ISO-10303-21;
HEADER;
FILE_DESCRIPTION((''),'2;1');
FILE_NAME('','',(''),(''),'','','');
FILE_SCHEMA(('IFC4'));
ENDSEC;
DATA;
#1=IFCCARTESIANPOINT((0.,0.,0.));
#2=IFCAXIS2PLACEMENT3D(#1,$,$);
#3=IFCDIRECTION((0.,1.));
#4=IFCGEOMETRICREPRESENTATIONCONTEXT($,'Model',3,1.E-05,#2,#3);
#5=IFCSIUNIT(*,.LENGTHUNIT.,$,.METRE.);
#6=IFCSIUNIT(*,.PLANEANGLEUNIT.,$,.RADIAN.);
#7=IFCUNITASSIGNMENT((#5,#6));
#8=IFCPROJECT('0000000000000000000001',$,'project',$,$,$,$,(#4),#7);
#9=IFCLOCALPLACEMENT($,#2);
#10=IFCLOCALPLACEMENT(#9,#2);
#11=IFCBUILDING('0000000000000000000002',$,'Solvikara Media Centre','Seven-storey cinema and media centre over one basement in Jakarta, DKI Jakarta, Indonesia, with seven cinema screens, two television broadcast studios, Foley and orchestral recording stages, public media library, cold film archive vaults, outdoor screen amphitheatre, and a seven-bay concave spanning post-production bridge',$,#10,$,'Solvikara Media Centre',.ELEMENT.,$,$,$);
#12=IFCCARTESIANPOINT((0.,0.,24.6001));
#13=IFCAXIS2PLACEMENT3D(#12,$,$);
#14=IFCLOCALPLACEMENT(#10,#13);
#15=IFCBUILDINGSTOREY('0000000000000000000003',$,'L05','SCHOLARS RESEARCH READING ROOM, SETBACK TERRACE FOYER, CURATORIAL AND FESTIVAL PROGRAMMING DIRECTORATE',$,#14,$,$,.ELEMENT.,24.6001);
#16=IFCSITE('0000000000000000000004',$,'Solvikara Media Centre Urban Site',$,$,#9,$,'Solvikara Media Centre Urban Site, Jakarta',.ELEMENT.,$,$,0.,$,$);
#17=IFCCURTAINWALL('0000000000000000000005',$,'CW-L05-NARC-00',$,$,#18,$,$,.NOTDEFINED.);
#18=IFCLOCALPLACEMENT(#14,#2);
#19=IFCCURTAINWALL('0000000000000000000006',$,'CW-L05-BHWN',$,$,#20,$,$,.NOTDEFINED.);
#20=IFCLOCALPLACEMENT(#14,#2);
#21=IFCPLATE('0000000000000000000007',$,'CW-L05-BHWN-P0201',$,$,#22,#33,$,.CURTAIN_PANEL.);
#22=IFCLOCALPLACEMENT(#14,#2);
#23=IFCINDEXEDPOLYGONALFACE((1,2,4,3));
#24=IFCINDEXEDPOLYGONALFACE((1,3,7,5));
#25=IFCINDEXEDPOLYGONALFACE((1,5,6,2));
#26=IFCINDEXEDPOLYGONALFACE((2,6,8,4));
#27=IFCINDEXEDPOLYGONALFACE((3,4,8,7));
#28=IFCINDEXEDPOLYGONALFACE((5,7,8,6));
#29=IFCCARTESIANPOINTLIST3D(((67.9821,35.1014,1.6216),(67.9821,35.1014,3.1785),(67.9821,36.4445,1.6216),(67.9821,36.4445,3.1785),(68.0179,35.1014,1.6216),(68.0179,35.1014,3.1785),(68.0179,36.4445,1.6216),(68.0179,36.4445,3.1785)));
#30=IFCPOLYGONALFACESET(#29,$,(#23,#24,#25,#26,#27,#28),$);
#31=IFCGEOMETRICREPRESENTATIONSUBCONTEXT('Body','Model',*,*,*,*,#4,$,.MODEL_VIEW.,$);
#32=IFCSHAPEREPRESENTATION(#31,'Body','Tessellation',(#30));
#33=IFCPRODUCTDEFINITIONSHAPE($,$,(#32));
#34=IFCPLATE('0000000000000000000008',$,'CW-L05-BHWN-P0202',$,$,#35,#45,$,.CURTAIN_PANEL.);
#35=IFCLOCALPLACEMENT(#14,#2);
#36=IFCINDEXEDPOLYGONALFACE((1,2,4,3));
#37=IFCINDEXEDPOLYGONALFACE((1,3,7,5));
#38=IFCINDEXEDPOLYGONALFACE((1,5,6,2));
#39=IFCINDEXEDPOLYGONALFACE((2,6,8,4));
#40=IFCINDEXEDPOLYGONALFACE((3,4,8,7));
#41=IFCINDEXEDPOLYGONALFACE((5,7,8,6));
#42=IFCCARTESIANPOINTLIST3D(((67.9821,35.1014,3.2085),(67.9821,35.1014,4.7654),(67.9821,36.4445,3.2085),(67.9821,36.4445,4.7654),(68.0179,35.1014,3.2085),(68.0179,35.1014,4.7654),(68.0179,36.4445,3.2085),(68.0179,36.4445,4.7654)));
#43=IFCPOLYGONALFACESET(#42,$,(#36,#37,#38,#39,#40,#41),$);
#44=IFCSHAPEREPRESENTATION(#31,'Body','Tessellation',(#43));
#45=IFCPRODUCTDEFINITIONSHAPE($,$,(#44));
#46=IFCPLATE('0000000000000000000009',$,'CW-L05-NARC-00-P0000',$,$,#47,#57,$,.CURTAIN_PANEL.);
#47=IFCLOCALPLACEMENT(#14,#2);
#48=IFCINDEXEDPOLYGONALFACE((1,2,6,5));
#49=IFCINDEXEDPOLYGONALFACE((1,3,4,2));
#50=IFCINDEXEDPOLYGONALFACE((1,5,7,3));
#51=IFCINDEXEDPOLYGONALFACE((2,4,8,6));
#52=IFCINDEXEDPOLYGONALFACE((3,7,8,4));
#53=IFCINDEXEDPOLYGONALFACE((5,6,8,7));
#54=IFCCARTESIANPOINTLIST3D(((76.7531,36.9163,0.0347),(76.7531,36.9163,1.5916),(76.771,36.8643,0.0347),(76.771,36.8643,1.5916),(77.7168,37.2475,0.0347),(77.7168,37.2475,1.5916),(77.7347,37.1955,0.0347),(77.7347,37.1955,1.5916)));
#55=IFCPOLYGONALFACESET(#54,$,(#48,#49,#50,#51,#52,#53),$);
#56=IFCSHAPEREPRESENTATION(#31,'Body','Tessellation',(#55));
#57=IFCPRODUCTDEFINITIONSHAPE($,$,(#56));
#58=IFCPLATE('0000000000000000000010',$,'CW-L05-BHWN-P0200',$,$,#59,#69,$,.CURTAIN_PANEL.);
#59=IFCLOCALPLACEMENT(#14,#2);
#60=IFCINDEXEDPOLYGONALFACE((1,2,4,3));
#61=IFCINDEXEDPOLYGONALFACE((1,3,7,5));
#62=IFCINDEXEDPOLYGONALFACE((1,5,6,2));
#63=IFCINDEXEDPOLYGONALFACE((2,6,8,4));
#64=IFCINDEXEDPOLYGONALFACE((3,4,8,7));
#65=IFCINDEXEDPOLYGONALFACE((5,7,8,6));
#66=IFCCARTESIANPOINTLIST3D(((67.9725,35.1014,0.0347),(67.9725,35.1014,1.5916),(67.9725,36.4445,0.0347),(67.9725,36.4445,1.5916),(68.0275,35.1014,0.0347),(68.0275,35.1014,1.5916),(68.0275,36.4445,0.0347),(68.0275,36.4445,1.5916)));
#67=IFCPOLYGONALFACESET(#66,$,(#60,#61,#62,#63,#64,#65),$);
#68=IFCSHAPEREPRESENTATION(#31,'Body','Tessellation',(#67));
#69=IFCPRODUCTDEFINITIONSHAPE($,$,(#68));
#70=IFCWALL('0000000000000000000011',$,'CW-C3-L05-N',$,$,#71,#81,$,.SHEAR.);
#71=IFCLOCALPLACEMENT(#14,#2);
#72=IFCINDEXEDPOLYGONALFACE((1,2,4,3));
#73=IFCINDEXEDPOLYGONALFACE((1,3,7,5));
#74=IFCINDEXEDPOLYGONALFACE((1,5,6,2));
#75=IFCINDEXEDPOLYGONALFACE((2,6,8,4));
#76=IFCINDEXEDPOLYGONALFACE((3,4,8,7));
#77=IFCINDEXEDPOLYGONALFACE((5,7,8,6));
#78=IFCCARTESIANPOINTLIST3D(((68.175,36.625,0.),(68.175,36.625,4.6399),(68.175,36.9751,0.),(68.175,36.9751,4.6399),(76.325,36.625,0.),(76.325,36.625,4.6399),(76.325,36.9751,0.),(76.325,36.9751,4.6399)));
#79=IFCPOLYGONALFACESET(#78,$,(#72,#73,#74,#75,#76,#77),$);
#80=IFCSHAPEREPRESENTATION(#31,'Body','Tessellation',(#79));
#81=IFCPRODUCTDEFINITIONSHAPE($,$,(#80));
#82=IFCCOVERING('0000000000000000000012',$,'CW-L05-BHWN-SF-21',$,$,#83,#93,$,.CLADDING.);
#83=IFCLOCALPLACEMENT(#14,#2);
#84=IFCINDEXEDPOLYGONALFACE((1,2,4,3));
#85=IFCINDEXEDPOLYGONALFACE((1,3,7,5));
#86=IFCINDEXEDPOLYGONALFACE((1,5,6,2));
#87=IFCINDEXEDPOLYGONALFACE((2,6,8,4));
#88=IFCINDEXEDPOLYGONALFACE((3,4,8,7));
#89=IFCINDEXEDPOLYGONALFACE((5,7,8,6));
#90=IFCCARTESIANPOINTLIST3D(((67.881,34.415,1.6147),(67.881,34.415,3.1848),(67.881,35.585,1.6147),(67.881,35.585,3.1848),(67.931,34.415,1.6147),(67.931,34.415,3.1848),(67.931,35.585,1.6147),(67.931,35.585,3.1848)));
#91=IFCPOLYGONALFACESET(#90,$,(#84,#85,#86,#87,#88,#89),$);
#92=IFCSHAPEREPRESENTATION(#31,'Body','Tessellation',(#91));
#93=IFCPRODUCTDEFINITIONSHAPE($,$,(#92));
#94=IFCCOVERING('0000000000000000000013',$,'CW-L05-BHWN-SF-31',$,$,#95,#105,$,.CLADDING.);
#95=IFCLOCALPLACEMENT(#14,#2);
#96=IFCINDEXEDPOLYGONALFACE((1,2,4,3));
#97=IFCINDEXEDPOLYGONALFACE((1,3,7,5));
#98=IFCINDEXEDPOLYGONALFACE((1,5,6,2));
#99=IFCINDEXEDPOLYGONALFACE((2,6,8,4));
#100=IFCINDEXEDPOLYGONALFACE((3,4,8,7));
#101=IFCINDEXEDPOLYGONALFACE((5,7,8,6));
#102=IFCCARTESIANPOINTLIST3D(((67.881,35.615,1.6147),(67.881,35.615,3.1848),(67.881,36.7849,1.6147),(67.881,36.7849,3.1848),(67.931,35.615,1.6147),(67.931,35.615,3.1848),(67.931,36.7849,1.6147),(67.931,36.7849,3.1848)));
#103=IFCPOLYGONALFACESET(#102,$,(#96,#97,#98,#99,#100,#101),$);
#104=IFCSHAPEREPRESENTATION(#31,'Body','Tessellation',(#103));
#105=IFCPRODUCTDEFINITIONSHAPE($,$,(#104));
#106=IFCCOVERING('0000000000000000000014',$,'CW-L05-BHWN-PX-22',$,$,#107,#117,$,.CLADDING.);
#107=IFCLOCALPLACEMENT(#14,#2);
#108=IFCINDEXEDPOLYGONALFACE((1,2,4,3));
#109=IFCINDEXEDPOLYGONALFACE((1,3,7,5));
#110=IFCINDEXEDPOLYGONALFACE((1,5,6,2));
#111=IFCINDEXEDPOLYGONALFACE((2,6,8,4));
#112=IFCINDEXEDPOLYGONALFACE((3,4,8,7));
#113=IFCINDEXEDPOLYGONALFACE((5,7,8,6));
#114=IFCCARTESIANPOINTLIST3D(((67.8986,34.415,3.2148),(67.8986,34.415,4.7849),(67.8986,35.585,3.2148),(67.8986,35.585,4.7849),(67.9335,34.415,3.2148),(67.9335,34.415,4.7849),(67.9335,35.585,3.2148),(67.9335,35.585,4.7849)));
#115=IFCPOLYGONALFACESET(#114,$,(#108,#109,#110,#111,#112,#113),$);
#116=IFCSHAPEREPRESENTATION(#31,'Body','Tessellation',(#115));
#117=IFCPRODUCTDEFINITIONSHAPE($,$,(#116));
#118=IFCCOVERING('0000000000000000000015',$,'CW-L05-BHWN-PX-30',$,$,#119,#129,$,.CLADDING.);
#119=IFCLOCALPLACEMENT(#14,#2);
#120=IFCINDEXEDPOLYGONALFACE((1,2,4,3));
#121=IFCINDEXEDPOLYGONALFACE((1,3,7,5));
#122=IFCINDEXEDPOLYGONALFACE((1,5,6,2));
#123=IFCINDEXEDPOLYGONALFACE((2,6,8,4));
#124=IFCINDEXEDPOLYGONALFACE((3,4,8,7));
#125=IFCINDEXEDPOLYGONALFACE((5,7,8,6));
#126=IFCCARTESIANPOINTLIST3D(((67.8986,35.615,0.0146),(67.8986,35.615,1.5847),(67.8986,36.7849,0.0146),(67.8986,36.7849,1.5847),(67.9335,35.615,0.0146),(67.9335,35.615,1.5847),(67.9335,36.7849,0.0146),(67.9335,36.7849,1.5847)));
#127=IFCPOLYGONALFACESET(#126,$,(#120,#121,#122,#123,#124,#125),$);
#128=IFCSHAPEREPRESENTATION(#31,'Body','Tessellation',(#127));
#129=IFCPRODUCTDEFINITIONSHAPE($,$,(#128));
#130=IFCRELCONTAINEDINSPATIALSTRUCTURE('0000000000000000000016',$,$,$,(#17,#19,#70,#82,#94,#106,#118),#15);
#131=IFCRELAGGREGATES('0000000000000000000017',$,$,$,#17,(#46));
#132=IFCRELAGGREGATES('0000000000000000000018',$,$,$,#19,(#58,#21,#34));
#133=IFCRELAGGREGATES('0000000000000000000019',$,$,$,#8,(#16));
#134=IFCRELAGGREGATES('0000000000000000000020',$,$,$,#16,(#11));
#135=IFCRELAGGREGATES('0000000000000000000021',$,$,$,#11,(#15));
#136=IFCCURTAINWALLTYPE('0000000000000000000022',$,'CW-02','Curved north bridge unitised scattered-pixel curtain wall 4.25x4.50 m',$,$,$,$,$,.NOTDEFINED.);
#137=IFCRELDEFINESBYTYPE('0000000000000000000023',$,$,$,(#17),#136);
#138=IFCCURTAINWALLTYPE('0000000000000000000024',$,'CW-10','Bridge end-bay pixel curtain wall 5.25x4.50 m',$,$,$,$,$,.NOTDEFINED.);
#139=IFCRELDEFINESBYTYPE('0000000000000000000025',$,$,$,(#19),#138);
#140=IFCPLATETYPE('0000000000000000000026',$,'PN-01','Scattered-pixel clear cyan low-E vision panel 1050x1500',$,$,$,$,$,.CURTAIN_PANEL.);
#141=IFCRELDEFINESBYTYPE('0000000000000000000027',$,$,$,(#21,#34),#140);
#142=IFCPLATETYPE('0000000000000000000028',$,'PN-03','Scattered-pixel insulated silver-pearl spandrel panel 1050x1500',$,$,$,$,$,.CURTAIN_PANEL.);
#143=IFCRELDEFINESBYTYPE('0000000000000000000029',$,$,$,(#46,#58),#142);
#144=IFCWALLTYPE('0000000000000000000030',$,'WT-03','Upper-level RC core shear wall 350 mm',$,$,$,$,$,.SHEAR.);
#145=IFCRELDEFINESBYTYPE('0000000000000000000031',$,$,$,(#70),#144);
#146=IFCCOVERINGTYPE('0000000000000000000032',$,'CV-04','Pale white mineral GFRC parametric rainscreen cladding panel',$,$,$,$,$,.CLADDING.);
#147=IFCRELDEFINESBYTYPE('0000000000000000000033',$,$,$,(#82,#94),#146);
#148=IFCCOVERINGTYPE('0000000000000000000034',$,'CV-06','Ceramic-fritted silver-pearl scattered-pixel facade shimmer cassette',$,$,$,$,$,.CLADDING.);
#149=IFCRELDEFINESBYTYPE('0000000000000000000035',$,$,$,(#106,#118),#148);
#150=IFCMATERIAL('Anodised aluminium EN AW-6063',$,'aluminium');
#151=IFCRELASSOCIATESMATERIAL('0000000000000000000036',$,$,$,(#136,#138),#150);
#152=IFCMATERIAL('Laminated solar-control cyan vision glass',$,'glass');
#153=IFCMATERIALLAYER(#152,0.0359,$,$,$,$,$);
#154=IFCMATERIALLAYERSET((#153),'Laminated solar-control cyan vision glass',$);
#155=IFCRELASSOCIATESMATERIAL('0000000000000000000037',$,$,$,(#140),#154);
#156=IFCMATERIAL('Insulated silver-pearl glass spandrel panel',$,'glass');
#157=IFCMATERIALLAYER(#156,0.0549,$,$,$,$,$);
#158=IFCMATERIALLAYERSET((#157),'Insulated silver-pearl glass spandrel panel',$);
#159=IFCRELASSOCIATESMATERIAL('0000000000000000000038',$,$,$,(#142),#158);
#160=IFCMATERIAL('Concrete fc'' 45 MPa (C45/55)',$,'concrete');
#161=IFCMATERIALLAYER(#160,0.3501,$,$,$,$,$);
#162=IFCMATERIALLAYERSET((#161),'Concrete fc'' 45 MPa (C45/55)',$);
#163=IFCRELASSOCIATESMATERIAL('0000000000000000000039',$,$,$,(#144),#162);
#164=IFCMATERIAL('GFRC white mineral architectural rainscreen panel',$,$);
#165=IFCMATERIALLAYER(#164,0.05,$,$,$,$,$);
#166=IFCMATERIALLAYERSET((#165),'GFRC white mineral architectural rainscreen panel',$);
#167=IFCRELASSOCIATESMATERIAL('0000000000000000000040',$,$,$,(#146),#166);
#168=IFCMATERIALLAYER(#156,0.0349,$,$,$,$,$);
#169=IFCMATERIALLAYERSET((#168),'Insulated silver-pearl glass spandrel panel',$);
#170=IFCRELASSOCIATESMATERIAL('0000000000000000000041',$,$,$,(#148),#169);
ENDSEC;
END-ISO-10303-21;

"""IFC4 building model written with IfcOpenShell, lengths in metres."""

from ifc_helpers import new_model, si_unit, direction, frame, frame_2d, origin, origin_2d, place, context, subcontext, project, spatial, rectangle, extrude, material, layer, layer_set, type_object, element, aggregate, save


model = new_model("IFC4")

# Units and contexts
model_context = context("Model", 3, precision=1e-05, world=origin(), true_north=direction((0.0, 1.0)))
body_context = subcontext(model_context, "Body", "Model", "MODEL_VIEW")
ifc_project = project(units=[si_unit("LENGTHUNIT", "METRE"), si_unit("PLANEANGLEUNIT", "RADIAN")], contexts=[model_context])

# Site, building, storey
site_placement = place(None, origin())
site = spatial("IfcSite", under=ifc_project, at=site_placement, Name="Solvikara Media Centre Urban Site", LongName="Solvikara Media Centre Urban Site, Jakarta", CompositionType="ELEMENT", RefElevation=0.0)
building_placement = place(site_placement, origin())
building = spatial("IfcBuilding", under=site, at=building_placement, Name="Solvikara Media Centre", Description="Seven-storey cinema and media centre over one basement in Jakarta, DKI Jakarta, Indonesia, with seven cinema screens, two television broadcast studios, Foley and orchestral recording stages, public media library, cold film archive vaults, outdoor screen amphitheatre, and a seven-bay concave spanning post-production bridge", LongName="Solvikara Media Centre", CompositionType="ELEMENT")
storey_placement = place(building_placement, frame((0.0, 0.0, 24.6001)))
storey = spatial("IfcBuildingStorey", under=building, at=storey_placement, Name="L05", Description="SCHOLARS RESEARCH READING ROOM, SETBACK TERRACE FOYER, CURATORIAL AND FESTIVAL PROGRAMMING DIRECTORATE", CompositionType="ELEMENT", Elevation=24.6001)

# Shared definitions
ifc_material_1 = material(Name="Concrete fc' 45 MPa (C45/55)", Category="concrete")

# Curtain wall
ifc_material_2 = material(Name="Anodised aluminium EN AW-6063", Category="aluminium")
curtain_wall_type_1 = type_object("IfcCurtainWallType", Name="CW-02", Description="Curved north bridge unitised scattered-pixel curtain wall 4.25x4.50 m", PredefinedType="NOTDEFINED", material=ifc_material_2)
curtain_wall_1_placement = place(storey_placement, origin())
curtain_wall_1 = element("IfcCurtainWall", 1, at=curtain_wall_1_placement, inside=storey, type_object=curtain_wall_type_1, Name="CW-L05-NARC-00", PredefinedType="NOTDEFINED")

# Curtain wall
curtain_wall_type_2 = type_object("IfcCurtainWallType", Name="CW-10", Description="Bridge end-bay pixel curtain wall 5.25x4.50 m", PredefinedType="NOTDEFINED", material=ifc_material_2)
curtain_wall_2_placement = place(storey_placement, origin())
curtain_wall_2 = element("IfcCurtainWall", 2, at=curtain_wall_2_placement, inside=storey, type_object=curtain_wall_type_2, Name="CW-L05-BHWN", PredefinedType="NOTDEFINED")

# Plates
ifc_material_3 = material(Name="Laminated solar-control cyan vision glass", Category="glass")
ifc_layer_1 = layer(ifc_material_3, 0.0359)
ifc_layer_set_1 = layer_set([ifc_layer_1], Name="Laminated solar-control cyan vision glass")
plate_type_1 = type_object("IfcPlateType", Name="PN-01", Description="Scattered-pixel clear cyan low-E vision panel 1050x1500", PredefinedType="CURTAIN_PANEL", material=ifc_layer_set_1)
plate_1_placement = place(storey_placement, frame((68.0, 35.7729, 1.6216), z_axis=(0.0, 0.0, 1.0), x_axis=(0.0, 1.0, 0.0)))
plate_1 = element("IfcPlate", 3, at=plate_1_placement, type_object=plate_type_1, Name="CW-L05-BHWN-P0201", PredefinedType="CURTAIN_PANEL", context=body_context, shape_type="SweptSolid", body=[
    extrude(rectangle(XDim=1.343, YDim=0.0359, at=origin_2d()), origin(), (0.0, 0.0, 1.0), 1.5569),
])
plate_2_placement = place(storey_placement, frame((68.0, 35.7729, 3.2085), z_axis=(0.0, 0.0, 1.0), x_axis=(0.0, 1.0, 0.0)))
plate_2 = element("IfcPlate", 4, at=plate_2_placement, type_object=plate_type_1, Name="CW-L05-BHWN-P0202", PredefinedType="CURTAIN_PANEL", context=body_context, shape_type="SweptSolid", body=[
    extrude(rectangle(XDim=1.343, YDim=0.0359, at=origin_2d()), origin(), (0.0, 0.0, 1.0), 1.5569),
])
ifc_material_4 = material(Name="Insulated silver-pearl glass spandrel panel", Category="glass")
ifc_layer_2 = layer(ifc_material_4, 0.0549)
ifc_layer_set_2 = layer_set([ifc_layer_2], Name="Insulated silver-pearl glass spandrel panel")
plate_type_2 = type_object("IfcPlateType", Name="PN-03", Description="Scattered-pixel insulated silver-pearl spandrel panel 1050x1500", PredefinedType="CURTAIN_PANEL", material=ifc_layer_set_2)
plate_3_placement = place(storey_placement, frame((77.2439, 37.0559, 0.0347), z_axis=(0.0, 0.0, 1.0), x_axis=(0.945712, 0.325007, 0.0)))
plate_3 = element("IfcPlate", 5, at=plate_3_placement, type_object=plate_type_2, Name="CW-L05-NARC-00-P0000", PredefinedType="CURTAIN_PANEL", context=body_context, shape_type="SweptSolid", body=[
    extrude(rectangle(XDim=1.019, YDim=0.0549, at=origin_2d()), origin(), (0.0, 0.0, 1.0), 1.5569),
])
aggregate(curtain_wall_1, [plate_3])
plate_4_placement = place(storey_placement, frame((68.0, 35.7729, 0.0347), z_axis=(0.0, 0.0, 1.0), x_axis=(0.0, 1.0, 0.0)))
plate_4 = element("IfcPlate", 6, at=plate_4_placement, type_object=plate_type_2, Name="CW-L05-BHWN-P0200", PredefinedType="CURTAIN_PANEL", context=body_context, shape_type="SweptSolid", body=[
    extrude(rectangle(XDim=1.343, YDim=0.0549, at=origin_2d()), origin(), (0.0, 0.0, 1.0), 1.5569),
])
aggregate(curtain_wall_2, [plate_4, plate_1, plate_2])

# Wall
ifc_layer_3 = layer(ifc_material_1, 0.3501)
ifc_layer_set_3 = layer_set([ifc_layer_3], Name="Concrete fc' 45 MPa (C45/55)")
wall_type = type_object("IfcWallType", Name="WT-03", Description="Upper-level RC core shear wall 350 mm", PredefinedType="SHEAR", material=ifc_layer_set_3)
wall_placement = place(storey_placement, frame((68.175, 36.8, 0.0), z_axis=(0.0, 0.0, 1.0), x_axis=(1.0, 0.0, 0.0)))
element("IfcWall", 7, at=wall_placement, inside=storey, type_object=wall_type, Name="CW-C3-L05-N", PredefinedType="SHEAR", context=body_context, shape_type="SweptSolid", body=[
    extrude(rectangle(XDim=8.1499, YDim=0.3501, at=frame_2d((4.075, 0.0))), origin(), (0.0, 0.0, 1.0), 4.6399),
])

# Coverings
ifc_material_5 = material(Name="GFRC white mineral architectural rainscreen panel")
ifc_layer_4 = layer(ifc_material_5, 0.05)
ifc_layer_set_4 = layer_set([ifc_layer_4], Name="GFRC white mineral architectural rainscreen panel")
covering_type_1 = type_object("IfcCoveringType", Name="CV-04", Description="Pale white mineral GFRC parametric rainscreen cladding panel", PredefinedType="CLADDING", material=ifc_layer_set_4)
for number, where, z_axis, x_axis, name in (
    (8, (67.906, 35.0, 1.6147), (0.0, 0.0, 1.0), (0.0, 1.0, 0.0), "CW-L05-BHWN-SF-21"),
    (9, (67.906, 36.2, 1.6147), (0.0, 0.0, 1.0), (0.0, 1.0, 0.0), "CW-L05-BHWN-SF-31"),
):
    element("IfcCovering", number, at=place(storey_placement, frame(where, z_axis=z_axis, x_axis=x_axis)), inside=storey, type_object=covering_type_1, Name=name, PredefinedType="CLADDING", context=body_context, shape_type="SweptSolid", body=[
        extrude(rectangle(XDim=1.1699, YDim=0.05, at=origin_2d()), origin(), (0.0, 0.0, 1.0), 1.5701),
    ])
ifc_layer_5 = layer(ifc_material_4, 0.0349)
ifc_layer_set_5 = layer_set([ifc_layer_5], Name="Insulated silver-pearl glass spandrel panel")
covering_type_2 = type_object("IfcCoveringType", Name="CV-06", Description="Ceramic-fritted silver-pearl scattered-pixel facade shimmer cassette", PredefinedType="CLADDING", material=ifc_layer_set_5)
for number, where, z_axis, x_axis, name in (
    (10, (67.916, 35.0, 3.2148), (0.0, 0.0, 1.0), (0.0, 1.0, 0.0), "CW-L05-BHWN-PX-22"),
    (11, (67.916, 36.2, 0.0146), (0.0, 0.0, 1.0), (0.0, 1.0, 0.0), "CW-L05-BHWN-PX-30"),
):
    element("IfcCovering", number, at=place(storey_placement, frame(where, z_axis=z_axis, x_axis=x_axis)), inside=storey, type_object=covering_type_2, Name=name, PredefinedType="CLADDING", context=body_context, shape_type="SweptSolid", body=[
        extrude(rectangle(XDim=1.1699, YDim=0.0349, at=origin_2d()), origin(), (0.0, 0.0, 1.0), 1.5701),
    ])

save(model, "model.ifc")
